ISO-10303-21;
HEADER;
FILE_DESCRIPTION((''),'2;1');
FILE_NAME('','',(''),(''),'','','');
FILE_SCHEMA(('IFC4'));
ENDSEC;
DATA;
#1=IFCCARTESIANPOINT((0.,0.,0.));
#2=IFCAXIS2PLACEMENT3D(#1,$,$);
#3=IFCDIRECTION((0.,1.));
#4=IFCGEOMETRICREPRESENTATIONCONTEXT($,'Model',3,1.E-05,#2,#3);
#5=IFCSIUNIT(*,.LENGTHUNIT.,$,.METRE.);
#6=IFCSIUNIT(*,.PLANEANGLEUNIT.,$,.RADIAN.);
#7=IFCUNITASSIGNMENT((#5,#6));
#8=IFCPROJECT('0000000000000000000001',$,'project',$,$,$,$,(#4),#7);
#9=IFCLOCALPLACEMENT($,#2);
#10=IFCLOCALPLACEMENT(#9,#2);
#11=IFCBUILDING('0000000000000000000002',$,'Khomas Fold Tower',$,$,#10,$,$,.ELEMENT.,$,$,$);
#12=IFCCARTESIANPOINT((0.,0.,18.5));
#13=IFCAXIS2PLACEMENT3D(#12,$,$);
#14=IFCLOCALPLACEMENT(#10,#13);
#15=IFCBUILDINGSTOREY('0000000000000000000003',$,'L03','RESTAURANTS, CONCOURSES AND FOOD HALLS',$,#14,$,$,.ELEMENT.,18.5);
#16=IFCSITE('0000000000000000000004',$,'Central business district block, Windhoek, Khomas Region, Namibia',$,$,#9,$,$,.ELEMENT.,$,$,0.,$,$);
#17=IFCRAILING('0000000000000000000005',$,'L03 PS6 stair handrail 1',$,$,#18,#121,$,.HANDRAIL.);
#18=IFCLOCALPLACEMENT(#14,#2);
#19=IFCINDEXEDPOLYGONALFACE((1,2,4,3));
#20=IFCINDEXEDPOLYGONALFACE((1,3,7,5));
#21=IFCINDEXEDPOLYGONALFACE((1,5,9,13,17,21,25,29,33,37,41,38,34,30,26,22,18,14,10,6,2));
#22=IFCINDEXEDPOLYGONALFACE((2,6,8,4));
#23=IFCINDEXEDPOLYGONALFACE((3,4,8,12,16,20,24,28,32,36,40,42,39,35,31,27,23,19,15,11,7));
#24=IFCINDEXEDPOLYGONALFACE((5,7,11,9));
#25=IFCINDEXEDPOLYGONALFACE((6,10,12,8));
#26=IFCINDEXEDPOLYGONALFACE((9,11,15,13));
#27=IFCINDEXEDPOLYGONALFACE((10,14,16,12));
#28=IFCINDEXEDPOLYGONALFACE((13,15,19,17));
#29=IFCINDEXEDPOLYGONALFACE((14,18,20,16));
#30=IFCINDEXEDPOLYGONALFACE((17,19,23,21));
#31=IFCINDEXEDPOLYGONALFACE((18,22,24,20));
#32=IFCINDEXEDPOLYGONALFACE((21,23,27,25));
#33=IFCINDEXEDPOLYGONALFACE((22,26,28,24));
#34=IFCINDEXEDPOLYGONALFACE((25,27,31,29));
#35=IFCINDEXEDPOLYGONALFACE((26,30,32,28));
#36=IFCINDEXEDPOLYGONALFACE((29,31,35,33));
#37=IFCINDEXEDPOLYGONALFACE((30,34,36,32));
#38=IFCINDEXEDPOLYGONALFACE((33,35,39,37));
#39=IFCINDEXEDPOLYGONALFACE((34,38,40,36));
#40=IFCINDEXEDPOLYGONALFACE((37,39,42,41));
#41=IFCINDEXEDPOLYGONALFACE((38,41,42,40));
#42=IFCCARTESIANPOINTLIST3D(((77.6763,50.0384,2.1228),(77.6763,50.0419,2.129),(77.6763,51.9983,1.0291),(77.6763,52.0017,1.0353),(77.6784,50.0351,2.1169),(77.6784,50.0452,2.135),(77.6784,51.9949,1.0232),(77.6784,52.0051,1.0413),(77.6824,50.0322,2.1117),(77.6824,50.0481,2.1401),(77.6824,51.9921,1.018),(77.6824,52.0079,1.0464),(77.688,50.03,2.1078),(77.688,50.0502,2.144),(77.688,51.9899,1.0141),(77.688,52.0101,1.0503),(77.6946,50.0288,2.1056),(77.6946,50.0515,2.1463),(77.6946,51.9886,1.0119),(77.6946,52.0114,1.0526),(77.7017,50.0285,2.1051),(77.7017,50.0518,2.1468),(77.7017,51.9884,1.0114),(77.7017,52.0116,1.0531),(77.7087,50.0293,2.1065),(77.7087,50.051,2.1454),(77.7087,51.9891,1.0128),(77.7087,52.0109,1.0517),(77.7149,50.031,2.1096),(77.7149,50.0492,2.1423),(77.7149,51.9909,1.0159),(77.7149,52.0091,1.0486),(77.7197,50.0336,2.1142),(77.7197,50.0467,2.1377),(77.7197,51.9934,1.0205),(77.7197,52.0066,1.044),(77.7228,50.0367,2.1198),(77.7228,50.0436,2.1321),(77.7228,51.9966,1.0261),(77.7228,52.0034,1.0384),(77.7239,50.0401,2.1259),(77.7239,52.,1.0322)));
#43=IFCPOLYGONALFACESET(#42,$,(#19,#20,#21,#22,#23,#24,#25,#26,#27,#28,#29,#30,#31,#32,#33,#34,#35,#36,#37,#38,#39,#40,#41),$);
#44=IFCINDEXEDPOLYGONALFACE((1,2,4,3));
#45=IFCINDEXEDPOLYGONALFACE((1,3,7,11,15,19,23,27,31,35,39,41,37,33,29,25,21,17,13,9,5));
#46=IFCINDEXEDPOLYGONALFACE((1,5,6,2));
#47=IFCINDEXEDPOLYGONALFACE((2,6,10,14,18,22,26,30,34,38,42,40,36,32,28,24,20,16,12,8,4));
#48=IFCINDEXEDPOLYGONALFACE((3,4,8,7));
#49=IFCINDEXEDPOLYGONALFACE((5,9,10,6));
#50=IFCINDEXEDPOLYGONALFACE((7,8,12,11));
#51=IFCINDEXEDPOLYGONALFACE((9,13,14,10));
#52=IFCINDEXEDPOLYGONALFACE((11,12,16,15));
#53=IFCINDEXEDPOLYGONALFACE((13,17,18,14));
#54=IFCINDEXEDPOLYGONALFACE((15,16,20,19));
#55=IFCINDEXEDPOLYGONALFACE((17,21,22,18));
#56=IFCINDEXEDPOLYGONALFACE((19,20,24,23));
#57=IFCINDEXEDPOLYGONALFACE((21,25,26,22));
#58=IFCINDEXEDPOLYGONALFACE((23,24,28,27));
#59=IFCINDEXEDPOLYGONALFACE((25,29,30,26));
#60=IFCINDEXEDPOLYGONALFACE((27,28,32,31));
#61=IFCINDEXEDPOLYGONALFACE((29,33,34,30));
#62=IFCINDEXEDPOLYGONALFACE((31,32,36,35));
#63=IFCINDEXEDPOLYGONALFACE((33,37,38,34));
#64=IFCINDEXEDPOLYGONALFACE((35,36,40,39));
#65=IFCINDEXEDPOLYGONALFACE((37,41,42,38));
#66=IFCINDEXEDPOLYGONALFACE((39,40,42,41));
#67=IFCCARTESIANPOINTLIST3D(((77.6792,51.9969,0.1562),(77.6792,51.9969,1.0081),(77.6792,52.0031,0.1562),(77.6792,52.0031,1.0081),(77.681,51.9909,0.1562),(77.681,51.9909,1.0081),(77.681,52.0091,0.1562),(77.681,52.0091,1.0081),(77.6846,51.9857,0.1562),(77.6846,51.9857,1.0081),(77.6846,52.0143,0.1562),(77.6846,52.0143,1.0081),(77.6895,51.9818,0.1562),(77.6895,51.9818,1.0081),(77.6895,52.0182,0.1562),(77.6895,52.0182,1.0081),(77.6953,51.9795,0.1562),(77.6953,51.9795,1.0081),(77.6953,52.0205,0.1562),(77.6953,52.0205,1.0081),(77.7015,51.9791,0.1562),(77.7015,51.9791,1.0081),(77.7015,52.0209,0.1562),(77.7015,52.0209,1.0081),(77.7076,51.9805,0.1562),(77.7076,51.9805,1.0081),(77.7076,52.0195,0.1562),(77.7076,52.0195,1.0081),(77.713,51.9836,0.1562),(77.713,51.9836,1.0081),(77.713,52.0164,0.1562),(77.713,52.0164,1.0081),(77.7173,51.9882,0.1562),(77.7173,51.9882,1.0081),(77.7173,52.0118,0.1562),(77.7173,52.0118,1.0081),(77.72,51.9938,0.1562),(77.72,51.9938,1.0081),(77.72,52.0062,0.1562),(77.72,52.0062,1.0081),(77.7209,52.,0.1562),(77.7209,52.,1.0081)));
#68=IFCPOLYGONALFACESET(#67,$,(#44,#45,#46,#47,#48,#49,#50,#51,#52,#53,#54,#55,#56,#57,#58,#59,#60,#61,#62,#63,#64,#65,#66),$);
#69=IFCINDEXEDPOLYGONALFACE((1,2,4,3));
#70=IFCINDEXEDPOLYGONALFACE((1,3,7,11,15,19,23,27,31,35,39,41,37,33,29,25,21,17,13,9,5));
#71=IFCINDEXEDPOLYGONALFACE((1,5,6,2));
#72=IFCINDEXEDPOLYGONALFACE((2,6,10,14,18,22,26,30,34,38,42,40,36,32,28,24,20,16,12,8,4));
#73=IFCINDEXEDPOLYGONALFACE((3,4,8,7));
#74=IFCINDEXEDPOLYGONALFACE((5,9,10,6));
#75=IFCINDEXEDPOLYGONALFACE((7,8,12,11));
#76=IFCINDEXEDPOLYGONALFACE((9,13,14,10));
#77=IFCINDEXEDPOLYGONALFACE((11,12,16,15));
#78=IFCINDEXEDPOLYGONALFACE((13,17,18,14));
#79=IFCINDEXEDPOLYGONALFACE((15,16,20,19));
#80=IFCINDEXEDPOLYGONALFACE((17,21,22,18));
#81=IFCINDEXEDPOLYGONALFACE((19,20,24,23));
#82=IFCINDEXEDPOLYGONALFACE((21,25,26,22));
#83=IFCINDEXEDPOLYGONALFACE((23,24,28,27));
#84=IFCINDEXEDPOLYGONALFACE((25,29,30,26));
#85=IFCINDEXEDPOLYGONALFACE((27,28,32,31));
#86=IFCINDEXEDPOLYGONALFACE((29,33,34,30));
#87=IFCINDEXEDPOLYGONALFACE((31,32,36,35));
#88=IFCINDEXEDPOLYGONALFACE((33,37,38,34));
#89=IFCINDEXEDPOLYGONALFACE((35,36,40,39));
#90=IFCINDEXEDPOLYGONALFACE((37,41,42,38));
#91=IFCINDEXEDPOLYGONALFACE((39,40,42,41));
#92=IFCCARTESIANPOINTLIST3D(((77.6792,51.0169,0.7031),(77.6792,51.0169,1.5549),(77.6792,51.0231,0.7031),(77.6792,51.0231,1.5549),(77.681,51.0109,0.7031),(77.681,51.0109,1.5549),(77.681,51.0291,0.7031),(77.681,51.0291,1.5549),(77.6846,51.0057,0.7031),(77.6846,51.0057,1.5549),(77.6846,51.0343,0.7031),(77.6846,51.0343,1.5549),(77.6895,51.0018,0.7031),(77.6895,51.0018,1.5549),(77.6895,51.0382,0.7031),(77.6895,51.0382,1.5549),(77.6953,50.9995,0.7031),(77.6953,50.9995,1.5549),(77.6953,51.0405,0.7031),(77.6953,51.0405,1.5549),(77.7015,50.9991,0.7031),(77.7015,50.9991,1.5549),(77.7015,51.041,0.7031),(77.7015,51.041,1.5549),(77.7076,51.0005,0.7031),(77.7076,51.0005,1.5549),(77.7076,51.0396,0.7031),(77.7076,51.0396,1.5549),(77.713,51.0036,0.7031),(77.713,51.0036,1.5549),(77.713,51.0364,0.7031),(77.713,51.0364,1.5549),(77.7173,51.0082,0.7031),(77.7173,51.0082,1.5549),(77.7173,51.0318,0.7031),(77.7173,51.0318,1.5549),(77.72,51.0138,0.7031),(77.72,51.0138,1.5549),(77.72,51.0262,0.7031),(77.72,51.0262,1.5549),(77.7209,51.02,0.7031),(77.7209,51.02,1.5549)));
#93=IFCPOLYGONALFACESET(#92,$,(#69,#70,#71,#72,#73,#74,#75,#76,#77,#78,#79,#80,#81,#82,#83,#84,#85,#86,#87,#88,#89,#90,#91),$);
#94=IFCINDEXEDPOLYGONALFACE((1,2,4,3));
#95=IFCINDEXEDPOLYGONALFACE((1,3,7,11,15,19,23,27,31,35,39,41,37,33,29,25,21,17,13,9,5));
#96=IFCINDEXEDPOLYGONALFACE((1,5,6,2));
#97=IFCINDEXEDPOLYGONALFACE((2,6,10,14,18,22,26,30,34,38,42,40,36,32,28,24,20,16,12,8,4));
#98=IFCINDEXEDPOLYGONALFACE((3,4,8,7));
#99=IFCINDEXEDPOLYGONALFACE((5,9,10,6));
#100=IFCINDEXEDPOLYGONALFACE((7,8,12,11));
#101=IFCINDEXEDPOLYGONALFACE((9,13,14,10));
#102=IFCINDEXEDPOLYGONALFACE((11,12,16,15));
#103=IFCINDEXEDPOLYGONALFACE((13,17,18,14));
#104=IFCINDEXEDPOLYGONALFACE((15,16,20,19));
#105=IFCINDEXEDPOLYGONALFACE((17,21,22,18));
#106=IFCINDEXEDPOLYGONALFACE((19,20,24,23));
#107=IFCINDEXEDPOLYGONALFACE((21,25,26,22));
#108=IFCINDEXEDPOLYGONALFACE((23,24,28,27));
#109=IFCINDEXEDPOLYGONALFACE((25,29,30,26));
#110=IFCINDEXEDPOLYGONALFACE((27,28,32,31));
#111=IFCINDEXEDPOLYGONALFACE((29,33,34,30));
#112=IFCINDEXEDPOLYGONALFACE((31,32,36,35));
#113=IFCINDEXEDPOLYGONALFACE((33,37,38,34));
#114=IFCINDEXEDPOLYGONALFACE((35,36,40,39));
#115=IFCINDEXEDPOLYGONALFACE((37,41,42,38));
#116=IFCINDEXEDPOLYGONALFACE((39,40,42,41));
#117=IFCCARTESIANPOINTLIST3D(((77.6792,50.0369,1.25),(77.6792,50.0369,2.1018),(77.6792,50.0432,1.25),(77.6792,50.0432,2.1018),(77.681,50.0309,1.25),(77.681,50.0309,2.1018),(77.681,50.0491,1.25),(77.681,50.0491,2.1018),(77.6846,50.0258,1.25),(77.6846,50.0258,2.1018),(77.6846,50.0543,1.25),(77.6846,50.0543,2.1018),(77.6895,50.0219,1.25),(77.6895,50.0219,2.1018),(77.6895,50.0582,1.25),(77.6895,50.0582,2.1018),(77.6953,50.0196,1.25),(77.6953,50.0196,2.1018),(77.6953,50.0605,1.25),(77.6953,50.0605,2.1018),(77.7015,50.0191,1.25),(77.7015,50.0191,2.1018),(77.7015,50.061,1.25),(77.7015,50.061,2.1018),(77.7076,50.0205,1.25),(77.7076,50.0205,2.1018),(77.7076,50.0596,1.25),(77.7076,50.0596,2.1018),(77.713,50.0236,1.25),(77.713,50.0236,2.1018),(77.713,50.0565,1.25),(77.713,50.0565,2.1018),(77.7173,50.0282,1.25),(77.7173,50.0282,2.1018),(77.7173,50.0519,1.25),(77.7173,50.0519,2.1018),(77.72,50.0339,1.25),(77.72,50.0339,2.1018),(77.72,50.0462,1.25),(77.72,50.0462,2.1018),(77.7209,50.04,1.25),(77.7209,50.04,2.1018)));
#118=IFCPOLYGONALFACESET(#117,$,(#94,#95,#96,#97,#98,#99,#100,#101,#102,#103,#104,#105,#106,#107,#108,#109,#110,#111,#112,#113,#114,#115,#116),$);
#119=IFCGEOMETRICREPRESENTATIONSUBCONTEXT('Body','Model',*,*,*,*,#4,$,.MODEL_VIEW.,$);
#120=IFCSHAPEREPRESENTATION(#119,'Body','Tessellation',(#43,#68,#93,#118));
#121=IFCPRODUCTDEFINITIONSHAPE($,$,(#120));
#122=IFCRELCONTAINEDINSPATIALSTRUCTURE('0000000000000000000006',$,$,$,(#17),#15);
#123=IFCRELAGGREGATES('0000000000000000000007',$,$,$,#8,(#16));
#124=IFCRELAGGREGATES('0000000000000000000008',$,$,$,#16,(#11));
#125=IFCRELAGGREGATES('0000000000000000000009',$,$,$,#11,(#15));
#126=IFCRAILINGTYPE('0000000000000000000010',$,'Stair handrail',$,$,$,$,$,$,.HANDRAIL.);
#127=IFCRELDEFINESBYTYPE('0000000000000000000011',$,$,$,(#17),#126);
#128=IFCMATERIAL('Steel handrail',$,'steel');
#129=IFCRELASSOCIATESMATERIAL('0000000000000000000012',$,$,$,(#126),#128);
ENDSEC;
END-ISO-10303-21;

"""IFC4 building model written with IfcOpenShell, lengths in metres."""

from ifc_helpers import new_model, si_unit, direction, frame, origin, origin_2d, place, context, subcontext, project, spatial, circle, extrude, source, transform, mapped, material, type_object, element, save


model = new_model("IFC4")

# Units and contexts
model_context = context("Model", 3, precision=1e-05, world=origin(), true_north=direction((0.0, 1.0)))
body_context = subcontext(model_context, "Body", "Model", "MODEL_VIEW")
ifc_project = project(units=[si_unit("LENGTHUNIT", "METRE"), si_unit("PLANEANGLEUNIT", "RADIAN")], contexts=[model_context])

# Site, building, storey
site_placement = place(None, origin())
site = spatial("IfcSite", under=ifc_project, at=site_placement, Name="Central business district block, Windhoek, Khomas Region, Namibia", CompositionType="ELEMENT", RefElevation=0.0)
building_placement = place(site_placement, origin())
building = spatial("IfcBuilding", under=site, at=building_placement, Name="Khomas Fold Tower", CompositionType="ELEMENT")
storey_placement = place(building_placement, frame((0.0, 0.0, 18.5)))
storey = spatial("IfcBuildingStorey", under=building, at=storey_placement, Name="L03", Description="RESTAURANTS, CONCOURSES AND FOOD HALLS", CompositionType="ELEMENT", Elevation=18.5)

# Railing
ifc_material_1 = material(Name="Steel handrail", Category="steel")
railing_type_1 = type_object("IfcRailingType", Name="Stair handrail", PredefinedType="HANDRAIL", material=ifc_material_1)
shared_shape_1 = source(origin(), body_context, "Body", "SweptSolid", [
    extrude(circle(Radius=0.0239, at=origin_2d()), frame((0.0, 0.0, 0.876), z_axis=(0.0, -0.873232, 0.487304), x_axis=(1.0, 0.0, 0.0)), (0.0, 0.0, 1.0), 2.2444),
    extrude(circle(Radius=0.021, at=origin_2d()), origin(), (0.0, 0.0, 1.0), 0.8518),
    extrude(circle(Radius=0.021, at=origin_2d()), frame((0.0, -0.98, 0.5469)), (0.0, 0.0, 1.0), 0.8518),
    extrude(circle(Radius=0.021, at=origin_2d()), frame((0.0, -1.96, 1.0938)), (0.0, 0.0, 1.0), 0.8518),
])
for number, where, name in (
    (1, (77.7, 52.0, 0.1562), "L03 PS6 stair handrail 1"),
):
    element("IfcRailing", number, at=place(storey_placement, frame(where)), inside=storey, type_object=railing_type_1, Name=name, PredefinedType="HANDRAIL", context=body_context, shape_type="MappedRepresentation", body=[
        mapped(shared_shape_1, transform((0.0, 0.0, 0.0))),
    ])

save(model, "model.ifc")
